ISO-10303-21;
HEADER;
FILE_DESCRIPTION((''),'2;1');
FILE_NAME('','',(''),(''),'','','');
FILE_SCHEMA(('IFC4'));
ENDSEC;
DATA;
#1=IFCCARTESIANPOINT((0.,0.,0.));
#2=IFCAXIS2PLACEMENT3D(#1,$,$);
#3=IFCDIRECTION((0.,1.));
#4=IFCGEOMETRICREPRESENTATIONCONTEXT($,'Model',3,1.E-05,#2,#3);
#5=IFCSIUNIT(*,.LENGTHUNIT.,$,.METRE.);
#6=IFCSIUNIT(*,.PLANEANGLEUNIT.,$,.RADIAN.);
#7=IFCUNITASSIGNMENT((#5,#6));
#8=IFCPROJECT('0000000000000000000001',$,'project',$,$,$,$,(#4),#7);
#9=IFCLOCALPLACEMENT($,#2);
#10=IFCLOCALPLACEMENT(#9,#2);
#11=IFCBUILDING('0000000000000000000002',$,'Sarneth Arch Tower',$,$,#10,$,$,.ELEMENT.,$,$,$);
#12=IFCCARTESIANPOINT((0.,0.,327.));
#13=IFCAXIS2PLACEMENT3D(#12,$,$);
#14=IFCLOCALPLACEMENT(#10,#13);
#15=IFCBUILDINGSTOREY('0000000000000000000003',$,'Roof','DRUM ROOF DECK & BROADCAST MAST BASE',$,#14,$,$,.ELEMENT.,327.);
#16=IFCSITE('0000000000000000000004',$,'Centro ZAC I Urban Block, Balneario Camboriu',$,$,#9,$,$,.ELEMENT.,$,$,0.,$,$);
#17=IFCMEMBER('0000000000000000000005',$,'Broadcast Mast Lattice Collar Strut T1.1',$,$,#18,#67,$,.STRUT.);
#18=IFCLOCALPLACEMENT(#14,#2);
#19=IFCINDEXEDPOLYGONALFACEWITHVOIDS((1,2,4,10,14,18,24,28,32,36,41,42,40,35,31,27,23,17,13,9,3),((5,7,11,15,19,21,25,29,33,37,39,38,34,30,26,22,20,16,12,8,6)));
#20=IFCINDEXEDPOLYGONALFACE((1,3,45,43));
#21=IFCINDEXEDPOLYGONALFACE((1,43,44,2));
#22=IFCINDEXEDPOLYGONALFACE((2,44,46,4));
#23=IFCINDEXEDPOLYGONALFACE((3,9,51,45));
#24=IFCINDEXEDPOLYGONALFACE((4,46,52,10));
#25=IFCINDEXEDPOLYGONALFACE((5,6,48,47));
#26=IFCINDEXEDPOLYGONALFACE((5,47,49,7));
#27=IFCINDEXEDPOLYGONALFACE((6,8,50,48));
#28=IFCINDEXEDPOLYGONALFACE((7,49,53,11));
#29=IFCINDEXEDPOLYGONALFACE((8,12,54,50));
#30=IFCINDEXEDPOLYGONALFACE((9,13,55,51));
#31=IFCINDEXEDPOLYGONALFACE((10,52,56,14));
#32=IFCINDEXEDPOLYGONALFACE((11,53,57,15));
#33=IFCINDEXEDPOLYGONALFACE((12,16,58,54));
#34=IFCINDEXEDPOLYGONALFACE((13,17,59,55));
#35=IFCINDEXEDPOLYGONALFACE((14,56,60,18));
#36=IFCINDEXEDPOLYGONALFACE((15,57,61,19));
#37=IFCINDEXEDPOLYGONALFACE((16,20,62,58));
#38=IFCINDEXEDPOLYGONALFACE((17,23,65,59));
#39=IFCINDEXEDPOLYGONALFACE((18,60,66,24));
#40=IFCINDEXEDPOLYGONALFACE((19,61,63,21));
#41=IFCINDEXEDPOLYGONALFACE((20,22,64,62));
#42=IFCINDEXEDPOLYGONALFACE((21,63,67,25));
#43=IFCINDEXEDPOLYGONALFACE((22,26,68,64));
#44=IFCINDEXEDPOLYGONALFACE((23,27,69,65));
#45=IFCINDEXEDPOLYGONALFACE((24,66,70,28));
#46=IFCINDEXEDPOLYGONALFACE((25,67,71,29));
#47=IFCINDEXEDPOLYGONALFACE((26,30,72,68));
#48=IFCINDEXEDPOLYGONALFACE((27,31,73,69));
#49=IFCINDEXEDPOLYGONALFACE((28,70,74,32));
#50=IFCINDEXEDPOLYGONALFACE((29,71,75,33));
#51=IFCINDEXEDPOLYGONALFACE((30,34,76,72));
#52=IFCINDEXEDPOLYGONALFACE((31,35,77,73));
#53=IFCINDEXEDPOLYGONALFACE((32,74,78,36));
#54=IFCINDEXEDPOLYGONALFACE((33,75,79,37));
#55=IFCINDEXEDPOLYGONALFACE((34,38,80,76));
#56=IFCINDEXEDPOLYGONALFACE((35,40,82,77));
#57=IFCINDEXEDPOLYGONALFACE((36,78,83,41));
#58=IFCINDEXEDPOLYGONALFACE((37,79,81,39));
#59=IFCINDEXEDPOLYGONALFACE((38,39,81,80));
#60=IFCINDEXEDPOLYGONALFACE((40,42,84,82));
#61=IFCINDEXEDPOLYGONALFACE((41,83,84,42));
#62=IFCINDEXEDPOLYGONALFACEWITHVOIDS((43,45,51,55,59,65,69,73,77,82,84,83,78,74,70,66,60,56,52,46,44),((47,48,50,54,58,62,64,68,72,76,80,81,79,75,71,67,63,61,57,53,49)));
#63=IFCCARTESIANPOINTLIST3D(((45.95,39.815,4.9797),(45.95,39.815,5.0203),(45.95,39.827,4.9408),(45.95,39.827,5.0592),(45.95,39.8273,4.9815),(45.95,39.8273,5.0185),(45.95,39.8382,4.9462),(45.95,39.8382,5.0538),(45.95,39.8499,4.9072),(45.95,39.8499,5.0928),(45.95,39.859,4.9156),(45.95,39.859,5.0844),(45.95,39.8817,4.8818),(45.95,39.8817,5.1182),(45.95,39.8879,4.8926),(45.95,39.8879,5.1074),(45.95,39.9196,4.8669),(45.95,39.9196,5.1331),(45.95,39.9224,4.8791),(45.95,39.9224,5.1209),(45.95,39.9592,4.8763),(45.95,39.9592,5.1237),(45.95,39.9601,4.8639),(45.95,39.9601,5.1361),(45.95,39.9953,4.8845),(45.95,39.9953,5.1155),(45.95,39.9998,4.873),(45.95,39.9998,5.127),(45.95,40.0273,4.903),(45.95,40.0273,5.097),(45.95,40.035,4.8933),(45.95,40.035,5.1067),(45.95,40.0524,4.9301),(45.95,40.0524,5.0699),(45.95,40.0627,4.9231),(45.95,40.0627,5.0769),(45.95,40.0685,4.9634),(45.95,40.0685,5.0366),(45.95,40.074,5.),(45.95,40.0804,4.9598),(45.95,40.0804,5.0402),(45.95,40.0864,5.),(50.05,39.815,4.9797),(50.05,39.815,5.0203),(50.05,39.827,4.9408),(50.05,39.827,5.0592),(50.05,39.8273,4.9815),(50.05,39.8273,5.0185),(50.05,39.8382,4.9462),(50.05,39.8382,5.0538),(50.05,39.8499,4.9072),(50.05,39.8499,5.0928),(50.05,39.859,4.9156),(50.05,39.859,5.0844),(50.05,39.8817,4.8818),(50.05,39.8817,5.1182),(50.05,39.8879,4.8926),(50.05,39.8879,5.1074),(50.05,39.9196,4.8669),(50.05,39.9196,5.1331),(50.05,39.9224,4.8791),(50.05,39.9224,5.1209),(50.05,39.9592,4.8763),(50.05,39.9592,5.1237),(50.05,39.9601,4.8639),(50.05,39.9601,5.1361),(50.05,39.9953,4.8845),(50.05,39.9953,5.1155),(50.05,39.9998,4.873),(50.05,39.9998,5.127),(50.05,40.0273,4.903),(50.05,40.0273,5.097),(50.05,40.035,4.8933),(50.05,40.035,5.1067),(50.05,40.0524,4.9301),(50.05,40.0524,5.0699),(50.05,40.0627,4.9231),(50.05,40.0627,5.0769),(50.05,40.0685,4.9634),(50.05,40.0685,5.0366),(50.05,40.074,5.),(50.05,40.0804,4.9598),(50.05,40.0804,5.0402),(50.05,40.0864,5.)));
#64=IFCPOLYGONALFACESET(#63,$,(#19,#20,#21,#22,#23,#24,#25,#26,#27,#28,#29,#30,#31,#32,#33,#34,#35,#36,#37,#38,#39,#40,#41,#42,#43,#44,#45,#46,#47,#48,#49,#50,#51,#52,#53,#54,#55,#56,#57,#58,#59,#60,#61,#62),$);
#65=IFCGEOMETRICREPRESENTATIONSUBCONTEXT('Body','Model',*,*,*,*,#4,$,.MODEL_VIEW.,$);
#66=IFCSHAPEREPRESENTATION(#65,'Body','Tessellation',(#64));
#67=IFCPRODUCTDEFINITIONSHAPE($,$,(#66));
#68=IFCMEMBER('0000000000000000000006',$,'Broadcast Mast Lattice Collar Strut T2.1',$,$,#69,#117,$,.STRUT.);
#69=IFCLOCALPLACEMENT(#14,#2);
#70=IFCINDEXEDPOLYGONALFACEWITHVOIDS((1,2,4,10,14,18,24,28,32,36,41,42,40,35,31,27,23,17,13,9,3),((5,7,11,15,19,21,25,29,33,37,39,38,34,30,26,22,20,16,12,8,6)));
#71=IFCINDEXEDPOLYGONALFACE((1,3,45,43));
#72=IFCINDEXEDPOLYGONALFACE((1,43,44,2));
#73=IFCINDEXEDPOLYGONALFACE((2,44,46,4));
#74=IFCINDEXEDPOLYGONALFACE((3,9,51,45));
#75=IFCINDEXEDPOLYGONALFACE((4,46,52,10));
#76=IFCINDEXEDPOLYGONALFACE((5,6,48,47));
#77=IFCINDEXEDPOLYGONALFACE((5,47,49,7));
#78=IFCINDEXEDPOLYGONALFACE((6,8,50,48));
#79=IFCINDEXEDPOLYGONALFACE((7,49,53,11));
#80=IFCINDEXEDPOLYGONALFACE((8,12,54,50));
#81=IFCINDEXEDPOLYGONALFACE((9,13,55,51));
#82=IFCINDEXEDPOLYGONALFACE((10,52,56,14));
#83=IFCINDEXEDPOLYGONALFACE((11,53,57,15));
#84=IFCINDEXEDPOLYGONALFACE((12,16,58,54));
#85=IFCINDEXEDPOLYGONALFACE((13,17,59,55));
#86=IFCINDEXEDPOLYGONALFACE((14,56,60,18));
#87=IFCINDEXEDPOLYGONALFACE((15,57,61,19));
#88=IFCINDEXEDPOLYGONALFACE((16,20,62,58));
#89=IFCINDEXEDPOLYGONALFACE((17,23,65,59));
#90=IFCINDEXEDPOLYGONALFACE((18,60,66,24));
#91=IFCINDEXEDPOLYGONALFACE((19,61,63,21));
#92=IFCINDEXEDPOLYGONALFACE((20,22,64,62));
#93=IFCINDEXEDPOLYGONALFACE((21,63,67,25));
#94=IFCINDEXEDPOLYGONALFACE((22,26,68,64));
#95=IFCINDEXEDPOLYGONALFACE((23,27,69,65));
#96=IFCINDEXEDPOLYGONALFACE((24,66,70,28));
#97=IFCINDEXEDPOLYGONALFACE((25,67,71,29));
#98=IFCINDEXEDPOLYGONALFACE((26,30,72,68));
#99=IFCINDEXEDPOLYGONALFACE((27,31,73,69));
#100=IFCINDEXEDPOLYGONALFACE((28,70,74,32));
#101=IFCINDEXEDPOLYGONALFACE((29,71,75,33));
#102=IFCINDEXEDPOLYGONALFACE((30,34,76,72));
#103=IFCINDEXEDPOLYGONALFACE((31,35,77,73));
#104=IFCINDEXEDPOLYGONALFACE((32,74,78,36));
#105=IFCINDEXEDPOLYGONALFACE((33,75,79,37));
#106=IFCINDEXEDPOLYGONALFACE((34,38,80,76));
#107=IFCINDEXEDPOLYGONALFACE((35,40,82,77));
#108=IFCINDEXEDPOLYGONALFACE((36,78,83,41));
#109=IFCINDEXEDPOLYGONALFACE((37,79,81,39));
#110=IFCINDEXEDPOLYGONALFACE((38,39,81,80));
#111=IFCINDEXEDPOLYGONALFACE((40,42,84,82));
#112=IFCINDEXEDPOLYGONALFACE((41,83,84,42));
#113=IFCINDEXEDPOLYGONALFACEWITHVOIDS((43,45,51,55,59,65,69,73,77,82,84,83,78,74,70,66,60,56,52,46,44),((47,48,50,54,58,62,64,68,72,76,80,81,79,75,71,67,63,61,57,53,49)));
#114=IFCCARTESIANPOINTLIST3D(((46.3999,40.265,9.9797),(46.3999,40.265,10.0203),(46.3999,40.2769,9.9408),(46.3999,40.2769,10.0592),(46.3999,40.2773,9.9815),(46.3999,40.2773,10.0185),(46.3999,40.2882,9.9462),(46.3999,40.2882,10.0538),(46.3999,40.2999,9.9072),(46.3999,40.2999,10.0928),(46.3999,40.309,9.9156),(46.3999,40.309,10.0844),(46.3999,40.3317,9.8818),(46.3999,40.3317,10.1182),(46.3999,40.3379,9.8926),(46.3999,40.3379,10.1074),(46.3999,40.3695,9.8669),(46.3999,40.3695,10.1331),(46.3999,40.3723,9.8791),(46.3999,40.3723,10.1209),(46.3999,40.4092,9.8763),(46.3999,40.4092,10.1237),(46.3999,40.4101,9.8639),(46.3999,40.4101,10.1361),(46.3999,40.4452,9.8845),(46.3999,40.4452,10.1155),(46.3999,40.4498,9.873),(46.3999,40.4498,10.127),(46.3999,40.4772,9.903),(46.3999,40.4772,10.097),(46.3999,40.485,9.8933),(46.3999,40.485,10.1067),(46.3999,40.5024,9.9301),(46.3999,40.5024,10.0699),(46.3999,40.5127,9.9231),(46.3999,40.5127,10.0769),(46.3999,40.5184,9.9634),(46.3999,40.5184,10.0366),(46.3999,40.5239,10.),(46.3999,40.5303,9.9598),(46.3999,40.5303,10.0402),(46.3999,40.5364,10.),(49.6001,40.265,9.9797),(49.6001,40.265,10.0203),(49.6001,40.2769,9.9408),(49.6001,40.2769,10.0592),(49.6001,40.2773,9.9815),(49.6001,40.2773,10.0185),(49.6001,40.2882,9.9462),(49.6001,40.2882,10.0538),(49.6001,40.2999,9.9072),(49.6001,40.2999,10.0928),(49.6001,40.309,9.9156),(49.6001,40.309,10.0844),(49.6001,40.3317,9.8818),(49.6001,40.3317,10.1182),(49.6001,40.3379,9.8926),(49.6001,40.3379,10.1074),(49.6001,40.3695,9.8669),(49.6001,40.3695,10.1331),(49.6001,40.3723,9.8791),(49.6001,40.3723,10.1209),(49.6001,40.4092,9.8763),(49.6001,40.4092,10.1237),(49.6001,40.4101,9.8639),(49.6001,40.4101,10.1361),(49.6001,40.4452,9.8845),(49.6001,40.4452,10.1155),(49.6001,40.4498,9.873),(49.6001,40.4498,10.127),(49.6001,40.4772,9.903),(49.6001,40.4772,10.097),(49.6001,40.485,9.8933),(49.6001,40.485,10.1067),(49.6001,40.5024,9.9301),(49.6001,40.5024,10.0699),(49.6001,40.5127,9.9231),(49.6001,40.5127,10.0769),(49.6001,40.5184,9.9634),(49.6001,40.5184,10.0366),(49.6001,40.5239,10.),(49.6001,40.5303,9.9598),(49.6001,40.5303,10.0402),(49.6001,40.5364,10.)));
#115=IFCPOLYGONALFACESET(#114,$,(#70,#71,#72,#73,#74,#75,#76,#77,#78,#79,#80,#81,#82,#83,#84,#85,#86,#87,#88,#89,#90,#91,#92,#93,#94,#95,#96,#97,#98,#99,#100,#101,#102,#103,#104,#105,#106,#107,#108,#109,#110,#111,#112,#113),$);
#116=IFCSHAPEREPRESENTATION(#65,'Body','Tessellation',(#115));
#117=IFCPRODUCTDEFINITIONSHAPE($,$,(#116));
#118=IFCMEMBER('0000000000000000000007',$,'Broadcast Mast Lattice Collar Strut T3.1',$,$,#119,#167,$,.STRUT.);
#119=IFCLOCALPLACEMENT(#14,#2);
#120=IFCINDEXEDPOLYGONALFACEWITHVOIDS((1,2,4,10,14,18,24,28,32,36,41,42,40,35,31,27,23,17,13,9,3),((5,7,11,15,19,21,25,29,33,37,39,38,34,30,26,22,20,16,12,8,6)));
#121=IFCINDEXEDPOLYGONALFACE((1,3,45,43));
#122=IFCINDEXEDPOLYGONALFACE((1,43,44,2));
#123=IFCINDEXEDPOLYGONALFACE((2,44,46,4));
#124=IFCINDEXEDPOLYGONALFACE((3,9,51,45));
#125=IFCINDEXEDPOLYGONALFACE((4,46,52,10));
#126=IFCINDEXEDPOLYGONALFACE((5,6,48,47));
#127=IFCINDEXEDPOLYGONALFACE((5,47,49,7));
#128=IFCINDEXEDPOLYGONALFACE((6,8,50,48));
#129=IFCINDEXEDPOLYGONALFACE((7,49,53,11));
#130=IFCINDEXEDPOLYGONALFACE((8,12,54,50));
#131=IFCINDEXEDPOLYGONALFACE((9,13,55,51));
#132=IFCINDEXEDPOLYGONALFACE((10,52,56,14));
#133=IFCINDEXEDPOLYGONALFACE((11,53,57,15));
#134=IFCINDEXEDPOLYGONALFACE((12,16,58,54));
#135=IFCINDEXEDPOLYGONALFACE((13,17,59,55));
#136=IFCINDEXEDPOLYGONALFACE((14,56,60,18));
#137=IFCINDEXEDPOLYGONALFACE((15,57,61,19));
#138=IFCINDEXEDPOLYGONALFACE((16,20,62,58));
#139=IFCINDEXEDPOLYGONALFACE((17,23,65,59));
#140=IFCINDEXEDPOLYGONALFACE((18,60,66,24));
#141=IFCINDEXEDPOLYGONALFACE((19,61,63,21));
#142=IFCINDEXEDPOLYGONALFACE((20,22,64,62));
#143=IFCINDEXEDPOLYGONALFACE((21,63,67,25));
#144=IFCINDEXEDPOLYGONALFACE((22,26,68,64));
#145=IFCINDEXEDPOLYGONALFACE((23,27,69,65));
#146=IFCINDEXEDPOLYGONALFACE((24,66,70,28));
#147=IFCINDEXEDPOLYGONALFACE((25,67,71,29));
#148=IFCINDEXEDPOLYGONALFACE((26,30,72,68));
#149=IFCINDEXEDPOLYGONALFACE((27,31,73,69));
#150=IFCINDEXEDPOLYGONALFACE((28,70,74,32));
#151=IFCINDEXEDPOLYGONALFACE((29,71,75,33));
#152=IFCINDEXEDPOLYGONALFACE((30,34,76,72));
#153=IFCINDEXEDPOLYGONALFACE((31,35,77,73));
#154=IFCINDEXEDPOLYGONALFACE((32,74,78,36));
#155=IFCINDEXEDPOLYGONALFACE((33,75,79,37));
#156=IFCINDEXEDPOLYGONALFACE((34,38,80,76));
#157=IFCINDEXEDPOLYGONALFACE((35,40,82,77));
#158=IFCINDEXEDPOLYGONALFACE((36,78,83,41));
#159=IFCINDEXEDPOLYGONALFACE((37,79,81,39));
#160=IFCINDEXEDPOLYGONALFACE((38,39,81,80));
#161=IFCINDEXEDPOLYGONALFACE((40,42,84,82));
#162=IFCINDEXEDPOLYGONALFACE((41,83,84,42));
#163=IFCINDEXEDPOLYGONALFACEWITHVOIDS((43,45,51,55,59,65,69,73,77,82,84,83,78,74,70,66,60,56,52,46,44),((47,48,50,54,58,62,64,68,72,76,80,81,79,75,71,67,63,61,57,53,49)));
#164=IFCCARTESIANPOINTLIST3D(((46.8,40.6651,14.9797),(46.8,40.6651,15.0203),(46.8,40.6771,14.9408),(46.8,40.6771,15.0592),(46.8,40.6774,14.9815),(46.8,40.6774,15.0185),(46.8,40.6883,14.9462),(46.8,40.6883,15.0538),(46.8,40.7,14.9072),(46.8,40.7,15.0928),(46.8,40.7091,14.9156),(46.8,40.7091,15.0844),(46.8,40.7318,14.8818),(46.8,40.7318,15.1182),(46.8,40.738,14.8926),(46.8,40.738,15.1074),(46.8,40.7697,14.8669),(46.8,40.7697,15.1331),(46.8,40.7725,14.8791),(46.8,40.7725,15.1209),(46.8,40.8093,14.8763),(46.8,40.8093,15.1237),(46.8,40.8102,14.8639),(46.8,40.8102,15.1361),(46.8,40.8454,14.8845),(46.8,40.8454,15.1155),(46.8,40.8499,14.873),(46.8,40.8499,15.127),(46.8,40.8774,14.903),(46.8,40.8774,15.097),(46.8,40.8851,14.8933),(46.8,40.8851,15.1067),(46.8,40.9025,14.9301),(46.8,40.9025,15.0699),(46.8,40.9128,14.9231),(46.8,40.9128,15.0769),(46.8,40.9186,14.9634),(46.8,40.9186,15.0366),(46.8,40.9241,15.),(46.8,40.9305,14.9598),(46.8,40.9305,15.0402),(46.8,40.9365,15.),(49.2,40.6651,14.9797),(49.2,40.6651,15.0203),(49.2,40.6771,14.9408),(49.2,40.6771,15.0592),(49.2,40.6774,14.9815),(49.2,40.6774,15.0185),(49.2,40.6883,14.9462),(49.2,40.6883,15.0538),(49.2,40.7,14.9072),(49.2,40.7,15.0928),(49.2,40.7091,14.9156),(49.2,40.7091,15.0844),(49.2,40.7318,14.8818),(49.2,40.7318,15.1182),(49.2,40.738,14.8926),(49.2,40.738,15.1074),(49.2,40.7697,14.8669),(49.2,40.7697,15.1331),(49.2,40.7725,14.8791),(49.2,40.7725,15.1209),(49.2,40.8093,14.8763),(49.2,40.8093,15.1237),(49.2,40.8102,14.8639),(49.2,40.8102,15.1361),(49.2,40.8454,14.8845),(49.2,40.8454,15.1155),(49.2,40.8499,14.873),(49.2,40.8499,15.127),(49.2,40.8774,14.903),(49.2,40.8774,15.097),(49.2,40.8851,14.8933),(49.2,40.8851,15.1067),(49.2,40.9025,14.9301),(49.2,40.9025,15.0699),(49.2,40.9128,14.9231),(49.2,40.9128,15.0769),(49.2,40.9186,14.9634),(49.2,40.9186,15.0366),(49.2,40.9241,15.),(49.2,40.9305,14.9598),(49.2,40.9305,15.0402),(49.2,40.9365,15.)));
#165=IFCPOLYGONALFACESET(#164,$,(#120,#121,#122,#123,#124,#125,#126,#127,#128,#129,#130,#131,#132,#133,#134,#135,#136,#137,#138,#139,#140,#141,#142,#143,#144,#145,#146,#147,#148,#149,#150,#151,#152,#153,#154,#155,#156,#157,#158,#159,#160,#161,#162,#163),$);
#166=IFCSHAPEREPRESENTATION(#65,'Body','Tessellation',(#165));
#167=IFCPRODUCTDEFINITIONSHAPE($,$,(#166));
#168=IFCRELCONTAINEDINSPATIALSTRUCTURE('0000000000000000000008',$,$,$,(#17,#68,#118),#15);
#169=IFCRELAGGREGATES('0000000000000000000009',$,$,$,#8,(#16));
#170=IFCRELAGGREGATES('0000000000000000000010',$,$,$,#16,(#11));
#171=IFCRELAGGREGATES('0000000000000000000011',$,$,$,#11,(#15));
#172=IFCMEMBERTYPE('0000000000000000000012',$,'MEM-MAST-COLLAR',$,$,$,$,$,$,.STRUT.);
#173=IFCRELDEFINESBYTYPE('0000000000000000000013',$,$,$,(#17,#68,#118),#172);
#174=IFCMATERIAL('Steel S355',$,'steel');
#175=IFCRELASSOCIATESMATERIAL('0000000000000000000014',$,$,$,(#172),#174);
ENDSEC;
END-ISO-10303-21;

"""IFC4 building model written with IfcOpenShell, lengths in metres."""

from ifc_helpers import new_model, si_unit, direction, frame, origin, origin_2d, place, context, subcontext, project, spatial, hollow_circle, extrude, material, material_profile, profile_set, type_object, element, save


model = new_model("IFC4")

# Units and contexts
model_context = context("Model", 3, precision=1e-05, world=origin(), true_north=direction((0.0, 1.0)))
body_context = subcontext(model_context, "Body", "Model", "MODEL_VIEW")
ifc_project = project(units=[si_unit("LENGTHUNIT", "METRE"), si_unit("PLANEANGLEUNIT", "RADIAN")], contexts=[model_context])

# Site, building, storey
site_placement = place(None, origin())
site = spatial("IfcSite", under=ifc_project, at=site_placement, Name="Centro ZAC I Urban Block, Balneario Camboriu", CompositionType="ELEMENT", RefElevation=0.0)
building_placement = place(site_placement, origin())
building = spatial("IfcBuilding", under=site, at=building_placement, Name="Sarneth Arch Tower", CompositionType="ELEMENT")
storey_placement = place(building_placement, frame((0.0, 0.0, 327.0)))
storey = spatial("IfcBuildingStorey", under=building, at=storey_placement, Name="Roof", Description="DRUM ROOF DECK & BROADCAST MAST BASE", CompositionType="ELEMENT", Elevation=327.0)

# Members
ifc_material_1 = material(Name="Steel S355", Category="steel")
ifc_material_profile_1 = material_profile(ifc_material_1, hollow_circle(Radius=0.1365, WallThickness=0.0125, at=origin_2d()), Name="CHS273x12.5")
ifc_profile_set_1 = profile_set([ifc_material_profile_1], Name="Steel S355")
member_type_1 = type_object("IfcMemberType", Name="MEM-MAST-COLLAR", PredefinedType="STRUT", material=ifc_profile_set_1)
member_1_placement = place(storey_placement, frame((45.95, 39.95, 5.0), z_axis=(1.0, 0.0, 0.0), x_axis=(0.0, 1.0, 0.0)))
element("IfcMember", 1, at=member_1_placement, inside=storey, type_object=member_type_1, Name="Broadcast Mast Lattice Collar Strut T1.1", PredefinedType="STRUT", context=body_context, shape_type="SweptSolid", body=[
    extrude(hollow_circle(Radius=0.1365, WallThickness=0.0125, at=origin_2d()), origin(), (0.0, 0.0, 1.0), 4.1001),
])
member_2_placement = place(storey_placement, frame((46.3999, 40.3999, 10.0), z_axis=(1.0, 0.0, 0.0), x_axis=(0.0, 1.0, 0.0)))
element("IfcMember", 2, at=member_2_placement, inside=storey, type_object=member_type_1, Name="Broadcast Mast Lattice Collar Strut T2.1", PredefinedType="STRUT", context=body_context, shape_type="SweptSolid", body=[
    extrude(hollow_circle(Radius=0.1365, WallThickness=0.0125, at=origin_2d()), origin(), (0.0, 0.0, 1.0), 3.2002),
])
member_3_placement = place(storey_placement, frame((46.8, 40.8, 15.0), z_axis=(1.0, 0.0, 0.0), x_axis=(0.0, 1.0, 0.0)))
element("IfcMember", 3, at=member_3_placement, inside=storey, type_object=member_type_1, Name="Broadcast Mast Lattice Collar Strut T3.1", PredefinedType="STRUT", context=body_context, shape_type="SweptSolid", body=[
    extrude(hollow_circle(Radius=0.1365, WallThickness=0.0125, at=origin_2d()), origin(), (0.0, 0.0, 1.0), 2.3999),
])

save(model, "model.ifc")
